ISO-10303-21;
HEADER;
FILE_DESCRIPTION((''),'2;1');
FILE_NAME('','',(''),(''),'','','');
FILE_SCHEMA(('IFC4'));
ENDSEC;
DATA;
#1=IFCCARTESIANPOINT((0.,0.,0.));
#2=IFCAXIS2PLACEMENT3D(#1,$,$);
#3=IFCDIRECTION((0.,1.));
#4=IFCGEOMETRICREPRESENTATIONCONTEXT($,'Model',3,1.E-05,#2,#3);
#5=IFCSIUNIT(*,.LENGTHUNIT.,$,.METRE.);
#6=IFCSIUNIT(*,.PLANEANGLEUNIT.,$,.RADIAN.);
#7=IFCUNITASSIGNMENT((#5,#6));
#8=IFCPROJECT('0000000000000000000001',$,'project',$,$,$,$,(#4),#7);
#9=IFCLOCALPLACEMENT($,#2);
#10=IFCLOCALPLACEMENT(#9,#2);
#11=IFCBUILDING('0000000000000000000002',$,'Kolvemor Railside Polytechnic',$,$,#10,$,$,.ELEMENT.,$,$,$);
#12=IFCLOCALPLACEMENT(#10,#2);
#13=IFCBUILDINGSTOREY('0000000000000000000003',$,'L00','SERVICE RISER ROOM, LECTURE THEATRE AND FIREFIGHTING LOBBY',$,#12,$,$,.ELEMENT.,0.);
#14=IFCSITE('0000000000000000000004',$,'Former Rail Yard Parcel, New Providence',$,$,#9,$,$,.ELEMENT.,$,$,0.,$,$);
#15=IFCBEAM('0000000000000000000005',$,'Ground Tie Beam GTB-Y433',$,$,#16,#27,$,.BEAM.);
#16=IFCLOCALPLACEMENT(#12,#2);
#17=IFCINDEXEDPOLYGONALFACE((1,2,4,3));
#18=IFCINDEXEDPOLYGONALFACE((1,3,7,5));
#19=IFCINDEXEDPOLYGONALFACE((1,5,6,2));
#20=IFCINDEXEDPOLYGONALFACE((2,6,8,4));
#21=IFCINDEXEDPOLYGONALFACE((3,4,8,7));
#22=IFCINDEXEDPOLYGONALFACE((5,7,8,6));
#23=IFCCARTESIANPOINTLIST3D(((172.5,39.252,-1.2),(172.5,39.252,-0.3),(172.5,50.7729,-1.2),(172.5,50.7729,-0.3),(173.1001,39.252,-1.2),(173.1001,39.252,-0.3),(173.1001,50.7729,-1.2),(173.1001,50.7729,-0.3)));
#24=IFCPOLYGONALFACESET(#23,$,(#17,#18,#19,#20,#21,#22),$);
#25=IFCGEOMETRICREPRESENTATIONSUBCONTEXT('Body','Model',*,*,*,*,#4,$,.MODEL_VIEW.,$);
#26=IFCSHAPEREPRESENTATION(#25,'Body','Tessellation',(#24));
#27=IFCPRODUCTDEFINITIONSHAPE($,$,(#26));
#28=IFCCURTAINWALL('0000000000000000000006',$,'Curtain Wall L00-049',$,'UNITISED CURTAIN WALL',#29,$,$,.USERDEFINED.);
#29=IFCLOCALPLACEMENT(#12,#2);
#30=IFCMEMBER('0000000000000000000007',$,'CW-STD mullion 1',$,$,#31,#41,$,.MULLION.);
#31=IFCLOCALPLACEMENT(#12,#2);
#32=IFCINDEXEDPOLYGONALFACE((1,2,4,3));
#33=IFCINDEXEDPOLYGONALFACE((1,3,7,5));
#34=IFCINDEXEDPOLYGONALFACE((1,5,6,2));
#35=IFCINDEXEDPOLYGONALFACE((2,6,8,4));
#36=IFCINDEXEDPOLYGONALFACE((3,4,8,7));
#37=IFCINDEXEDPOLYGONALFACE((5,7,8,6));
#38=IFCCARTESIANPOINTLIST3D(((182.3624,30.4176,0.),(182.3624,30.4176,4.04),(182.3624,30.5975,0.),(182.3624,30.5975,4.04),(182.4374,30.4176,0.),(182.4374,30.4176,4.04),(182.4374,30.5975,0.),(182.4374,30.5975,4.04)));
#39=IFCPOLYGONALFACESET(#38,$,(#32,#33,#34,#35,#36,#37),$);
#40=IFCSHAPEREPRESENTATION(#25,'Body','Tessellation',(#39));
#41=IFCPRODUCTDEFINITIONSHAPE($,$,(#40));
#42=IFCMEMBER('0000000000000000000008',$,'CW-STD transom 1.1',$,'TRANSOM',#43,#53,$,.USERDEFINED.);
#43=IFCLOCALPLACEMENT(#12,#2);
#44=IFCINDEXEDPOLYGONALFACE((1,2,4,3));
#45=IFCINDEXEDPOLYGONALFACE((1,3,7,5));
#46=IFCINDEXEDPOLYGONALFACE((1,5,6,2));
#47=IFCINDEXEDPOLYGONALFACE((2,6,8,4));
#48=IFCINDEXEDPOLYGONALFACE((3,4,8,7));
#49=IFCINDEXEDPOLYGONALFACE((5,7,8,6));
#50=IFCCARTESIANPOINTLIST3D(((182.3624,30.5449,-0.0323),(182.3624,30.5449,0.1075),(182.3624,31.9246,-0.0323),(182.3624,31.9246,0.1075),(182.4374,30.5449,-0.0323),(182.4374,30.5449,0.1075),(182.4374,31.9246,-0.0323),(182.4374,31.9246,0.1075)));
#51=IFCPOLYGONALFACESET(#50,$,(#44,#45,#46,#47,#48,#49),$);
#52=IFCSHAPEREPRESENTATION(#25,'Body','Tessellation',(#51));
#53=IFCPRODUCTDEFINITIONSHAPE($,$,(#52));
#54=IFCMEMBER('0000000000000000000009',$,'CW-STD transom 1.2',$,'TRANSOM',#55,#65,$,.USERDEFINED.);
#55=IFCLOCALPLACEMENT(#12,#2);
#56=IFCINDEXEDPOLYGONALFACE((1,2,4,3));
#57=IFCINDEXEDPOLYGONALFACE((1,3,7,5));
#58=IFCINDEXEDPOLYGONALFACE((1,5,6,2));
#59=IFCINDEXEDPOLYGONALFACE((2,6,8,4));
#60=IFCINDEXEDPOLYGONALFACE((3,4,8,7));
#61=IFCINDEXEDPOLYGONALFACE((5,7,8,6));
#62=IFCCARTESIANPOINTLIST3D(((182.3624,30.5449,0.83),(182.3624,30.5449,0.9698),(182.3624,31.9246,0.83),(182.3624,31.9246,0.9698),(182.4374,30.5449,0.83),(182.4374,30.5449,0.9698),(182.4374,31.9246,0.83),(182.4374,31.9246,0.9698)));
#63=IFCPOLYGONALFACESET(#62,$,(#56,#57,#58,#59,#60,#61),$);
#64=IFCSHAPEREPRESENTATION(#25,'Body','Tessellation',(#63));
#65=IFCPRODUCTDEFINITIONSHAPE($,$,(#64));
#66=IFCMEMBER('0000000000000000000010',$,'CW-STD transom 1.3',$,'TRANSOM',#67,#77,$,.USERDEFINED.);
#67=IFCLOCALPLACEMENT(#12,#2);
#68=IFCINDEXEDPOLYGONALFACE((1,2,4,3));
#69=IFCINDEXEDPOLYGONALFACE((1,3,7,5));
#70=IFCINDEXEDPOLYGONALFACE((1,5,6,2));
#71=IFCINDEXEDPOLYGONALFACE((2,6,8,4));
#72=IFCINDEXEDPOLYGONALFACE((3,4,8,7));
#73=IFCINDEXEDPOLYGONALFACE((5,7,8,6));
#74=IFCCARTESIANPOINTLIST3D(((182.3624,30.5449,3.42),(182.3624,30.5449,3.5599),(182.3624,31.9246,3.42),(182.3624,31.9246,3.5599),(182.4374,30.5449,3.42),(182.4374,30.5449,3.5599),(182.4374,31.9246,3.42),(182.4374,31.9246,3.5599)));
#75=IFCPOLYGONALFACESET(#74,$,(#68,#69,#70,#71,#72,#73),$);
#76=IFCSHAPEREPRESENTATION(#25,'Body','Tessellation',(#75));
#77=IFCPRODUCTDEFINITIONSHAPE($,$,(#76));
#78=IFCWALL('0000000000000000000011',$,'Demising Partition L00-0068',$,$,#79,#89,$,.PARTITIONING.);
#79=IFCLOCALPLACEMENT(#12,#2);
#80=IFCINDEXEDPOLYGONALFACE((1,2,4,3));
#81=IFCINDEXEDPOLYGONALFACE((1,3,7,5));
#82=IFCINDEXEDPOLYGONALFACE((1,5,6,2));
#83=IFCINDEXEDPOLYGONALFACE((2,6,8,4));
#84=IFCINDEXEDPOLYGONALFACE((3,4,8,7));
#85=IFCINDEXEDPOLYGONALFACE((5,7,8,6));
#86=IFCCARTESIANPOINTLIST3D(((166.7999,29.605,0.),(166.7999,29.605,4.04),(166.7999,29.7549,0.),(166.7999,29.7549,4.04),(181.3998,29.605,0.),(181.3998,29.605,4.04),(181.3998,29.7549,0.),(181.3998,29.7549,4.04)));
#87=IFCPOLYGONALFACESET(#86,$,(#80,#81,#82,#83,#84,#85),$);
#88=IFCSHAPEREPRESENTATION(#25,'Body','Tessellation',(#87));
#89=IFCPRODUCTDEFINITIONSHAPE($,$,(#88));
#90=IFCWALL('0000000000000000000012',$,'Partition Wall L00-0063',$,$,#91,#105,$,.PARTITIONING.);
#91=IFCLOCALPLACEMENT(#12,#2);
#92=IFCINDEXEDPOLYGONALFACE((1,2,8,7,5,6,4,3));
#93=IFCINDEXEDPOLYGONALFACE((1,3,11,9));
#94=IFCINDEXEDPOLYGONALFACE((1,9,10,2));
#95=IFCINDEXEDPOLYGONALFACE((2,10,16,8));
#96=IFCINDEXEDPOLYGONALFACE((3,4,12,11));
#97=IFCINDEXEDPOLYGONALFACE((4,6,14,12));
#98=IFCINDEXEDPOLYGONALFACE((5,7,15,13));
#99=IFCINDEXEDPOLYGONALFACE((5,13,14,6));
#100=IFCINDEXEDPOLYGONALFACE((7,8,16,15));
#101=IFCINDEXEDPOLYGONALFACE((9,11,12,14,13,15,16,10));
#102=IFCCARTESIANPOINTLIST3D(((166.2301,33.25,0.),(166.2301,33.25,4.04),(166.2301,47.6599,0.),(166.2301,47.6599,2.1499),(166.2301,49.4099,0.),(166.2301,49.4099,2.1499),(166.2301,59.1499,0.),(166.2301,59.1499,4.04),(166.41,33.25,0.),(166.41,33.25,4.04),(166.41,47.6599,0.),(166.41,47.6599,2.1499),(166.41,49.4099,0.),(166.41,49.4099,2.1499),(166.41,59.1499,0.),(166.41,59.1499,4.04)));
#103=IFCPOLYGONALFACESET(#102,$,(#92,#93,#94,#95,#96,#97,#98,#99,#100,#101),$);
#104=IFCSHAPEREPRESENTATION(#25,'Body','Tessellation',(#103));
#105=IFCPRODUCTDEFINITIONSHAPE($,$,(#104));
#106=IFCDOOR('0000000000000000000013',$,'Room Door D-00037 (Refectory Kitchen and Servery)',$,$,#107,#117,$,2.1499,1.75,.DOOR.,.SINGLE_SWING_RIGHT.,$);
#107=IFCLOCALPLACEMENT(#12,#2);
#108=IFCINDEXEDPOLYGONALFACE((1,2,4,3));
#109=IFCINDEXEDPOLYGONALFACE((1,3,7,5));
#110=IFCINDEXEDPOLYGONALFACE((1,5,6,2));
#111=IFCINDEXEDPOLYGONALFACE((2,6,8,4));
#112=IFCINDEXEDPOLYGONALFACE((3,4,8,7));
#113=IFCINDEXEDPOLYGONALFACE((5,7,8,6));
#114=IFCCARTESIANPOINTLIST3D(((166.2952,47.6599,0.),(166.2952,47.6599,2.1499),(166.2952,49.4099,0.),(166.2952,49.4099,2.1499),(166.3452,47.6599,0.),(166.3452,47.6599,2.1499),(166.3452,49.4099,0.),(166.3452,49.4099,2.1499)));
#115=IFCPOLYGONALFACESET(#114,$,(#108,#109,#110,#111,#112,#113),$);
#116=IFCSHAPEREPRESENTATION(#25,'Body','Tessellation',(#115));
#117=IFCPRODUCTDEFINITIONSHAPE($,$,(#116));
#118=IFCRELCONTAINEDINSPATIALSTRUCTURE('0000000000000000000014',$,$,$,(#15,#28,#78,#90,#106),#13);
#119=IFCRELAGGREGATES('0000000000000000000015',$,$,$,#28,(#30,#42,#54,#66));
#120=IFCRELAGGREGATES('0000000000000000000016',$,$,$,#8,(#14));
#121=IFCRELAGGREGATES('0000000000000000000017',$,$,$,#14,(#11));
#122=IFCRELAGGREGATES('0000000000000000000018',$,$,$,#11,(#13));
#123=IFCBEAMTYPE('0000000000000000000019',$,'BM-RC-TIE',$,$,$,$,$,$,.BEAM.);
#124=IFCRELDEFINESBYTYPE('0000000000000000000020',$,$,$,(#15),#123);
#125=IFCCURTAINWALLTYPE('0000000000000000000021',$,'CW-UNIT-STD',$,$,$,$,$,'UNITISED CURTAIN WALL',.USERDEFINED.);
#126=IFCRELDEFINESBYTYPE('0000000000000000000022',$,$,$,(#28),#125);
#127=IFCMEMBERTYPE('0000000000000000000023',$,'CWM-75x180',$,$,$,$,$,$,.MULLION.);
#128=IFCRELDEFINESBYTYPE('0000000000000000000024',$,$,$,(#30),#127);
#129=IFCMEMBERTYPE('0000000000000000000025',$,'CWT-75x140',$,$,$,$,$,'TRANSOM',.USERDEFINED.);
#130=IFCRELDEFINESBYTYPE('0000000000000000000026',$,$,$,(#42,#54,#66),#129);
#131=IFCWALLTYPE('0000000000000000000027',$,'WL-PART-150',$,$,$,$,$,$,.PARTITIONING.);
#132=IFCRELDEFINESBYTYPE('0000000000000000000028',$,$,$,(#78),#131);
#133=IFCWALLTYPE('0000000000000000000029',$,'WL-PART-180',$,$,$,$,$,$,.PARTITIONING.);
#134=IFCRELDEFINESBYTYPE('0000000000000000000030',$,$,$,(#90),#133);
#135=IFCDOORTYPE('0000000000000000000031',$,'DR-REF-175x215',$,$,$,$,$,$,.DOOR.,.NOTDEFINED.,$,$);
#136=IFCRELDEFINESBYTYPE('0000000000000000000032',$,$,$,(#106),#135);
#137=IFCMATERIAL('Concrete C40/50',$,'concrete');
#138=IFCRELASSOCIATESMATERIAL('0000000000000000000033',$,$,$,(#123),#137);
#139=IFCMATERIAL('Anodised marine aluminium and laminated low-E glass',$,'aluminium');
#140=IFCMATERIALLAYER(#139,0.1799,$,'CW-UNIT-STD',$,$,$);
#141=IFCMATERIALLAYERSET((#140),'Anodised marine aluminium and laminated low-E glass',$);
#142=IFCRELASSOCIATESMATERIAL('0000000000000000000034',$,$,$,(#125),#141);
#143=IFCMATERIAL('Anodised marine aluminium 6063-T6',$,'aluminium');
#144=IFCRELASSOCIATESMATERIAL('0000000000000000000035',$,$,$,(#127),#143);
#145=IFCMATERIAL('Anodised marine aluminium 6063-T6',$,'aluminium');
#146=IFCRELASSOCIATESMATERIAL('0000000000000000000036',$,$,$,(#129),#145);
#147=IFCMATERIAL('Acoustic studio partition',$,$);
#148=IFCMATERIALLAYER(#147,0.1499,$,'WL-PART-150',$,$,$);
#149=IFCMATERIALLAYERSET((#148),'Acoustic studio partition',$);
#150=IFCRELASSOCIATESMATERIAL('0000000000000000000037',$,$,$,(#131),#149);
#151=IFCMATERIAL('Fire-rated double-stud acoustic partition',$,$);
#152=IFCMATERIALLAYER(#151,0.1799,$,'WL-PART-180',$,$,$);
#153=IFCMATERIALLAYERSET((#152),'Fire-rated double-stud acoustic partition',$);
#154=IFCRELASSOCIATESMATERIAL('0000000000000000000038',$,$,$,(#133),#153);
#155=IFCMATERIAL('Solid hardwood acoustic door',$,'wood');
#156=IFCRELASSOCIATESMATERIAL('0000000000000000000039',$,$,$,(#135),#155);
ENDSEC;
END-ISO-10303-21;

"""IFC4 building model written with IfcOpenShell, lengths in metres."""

from ifc_helpers import new_model, si_unit, direction, frame, frame_2d, origin, origin_2d, place, context, subcontext, project, spatial, rectangle, extrude, material, layer, layer_set, material_profile, profile_set, type_object, element, fill, aggregate, save


model = new_model("IFC4")

# Units and contexts
model_context = context("Model", 3, precision=1e-05, world=origin(), true_north=direction((0.0, 1.0)))
body_context = subcontext(model_context, "Body", "Model", "MODEL_VIEW")
ifc_project = project(units=[si_unit("LENGTHUNIT", "METRE"), si_unit("PLANEANGLEUNIT", "RADIAN")], contexts=[model_context])

# Site, building, storey
site_placement = place(None, origin())
site = spatial("IfcSite", under=ifc_project, at=site_placement, Name="Former Rail Yard Parcel, New Providence", CompositionType="ELEMENT", RefElevation=0.0)
building_placement = place(site_placement, origin())
building = spatial("IfcBuilding", under=site, at=building_placement, Name="Kolvemor Railside Polytechnic", CompositionType="ELEMENT")
storey_placement = place(building_placement, origin())
storey = spatial("IfcBuildingStorey", under=building, at=storey_placement, Name="L00", Description="SERVICE RISER ROOM, LECTURE THEATRE AND FIREFIGHTING LOBBY", CompositionType="ELEMENT", Elevation=0.0)

# Beam
ifc_material_1 = material(Name="Concrete C40/50", Category="concrete")
ifc_material_profile_1 = material_profile(ifc_material_1, rectangle(XDim=0.6001, YDim=0.8999, at=origin_2d()), Name="RC600x900")
ifc_profile_set_1 = profile_set([ifc_material_profile_1], Name="Concrete C40/50")
beam_type_1 = type_object("IfcBeamType", Name="BM-RC-TIE", PredefinedType="BEAM", material=ifc_profile_set_1)
beam_1_placement = place(storey_placement, frame((172.8, 39.252, -0.75), z_axis=(0.0, 1.0, 0.0), x_axis=(-1.0, 0.0, 0.0)))
element("IfcBeam", 1, at=beam_1_placement, inside=storey, type_object=beam_type_1, Name="Ground Tie Beam GTB-Y433", PredefinedType="BEAM", context=body_context, shape_type="SweptSolid", body=[
    extrude(rectangle(XDim=0.6001, YDim=0.8999, at=origin_2d()), origin(), (0.0, 0.0, 1.0), 11.521),
])

# Curtain wall, members
ifc_material_2 = material(Name="Anodised marine aluminium and laminated low-E glass", Category="aluminium")
ifc_layer_1 = layer(ifc_material_2, 0.1799, Name="CW-UNIT-STD")
ifc_layer_set_1 = layer_set([ifc_layer_1], Name="Anodised marine aluminium and laminated low-E glass")
curtain_wall_type = type_object("IfcCurtainWallType", Name="CW-UNIT-STD", ElementType="UNITISED CURTAIN WALL", PredefinedType="USERDEFINED", material=ifc_layer_set_1)
curtain_wall_placement = place(storey_placement, origin())
curtain_wall = element("IfcCurtainWall", 2, at=curtain_wall_placement, inside=storey, type_object=curtain_wall_type, Name="Curtain Wall L00-049", ObjectType="UNITISED CURTAIN WALL", PredefinedType="USERDEFINED")
ifc_material_3 = material(Name="Anodised marine aluminium 6063-T6", Category="aluminium")
ifc_material_profile_2 = material_profile(ifc_material_3, rectangle(XDim=0.075, YDim=0.1799, at=origin_2d()), Name="CW-MUL-75x180")
ifc_profile_set_2 = profile_set([ifc_material_profile_2], Name="Anodised marine aluminium 6063-T6")
member_type_1 = type_object("IfcMemberType", Name="CWM-75x180", PredefinedType="MULLION", material=ifc_profile_set_2)
member_1_placement = place(storey_placement, frame((182.3999, 30.5076, 0.0), z_axis=(0.0, 0.0, 1.0), x_axis=(-1.0, 0.0, 0.0)))
member_1 = element("IfcMember", 3, at=member_1_placement, type_object=member_type_1, Name="CW-STD mullion 1", PredefinedType="MULLION", context=body_context, shape_type="SweptSolid", body=[
    extrude(rectangle(XDim=0.075, YDim=0.1799, at=origin_2d()), origin(), (0.0, 0.0, 1.0), 4.04),
])
ifc_material_4 = material(Name="Anodised marine aluminium 6063-T6", Category="aluminium")
ifc_material_profile_3 = material_profile(ifc_material_4, rectangle(XDim=0.075, YDim=0.1399, at=origin_2d()), Name="CW-TRN-75x140")
ifc_profile_set_3 = profile_set([ifc_material_profile_3], Name="Anodised marine aluminium 6063-T6")
member_type_2 = type_object("IfcMemberType", Name="CWT-75x140", ElementType="TRANSOM", PredefinedType="USERDEFINED", material=ifc_profile_set_3)
member_2_placement = place(storey_placement, frame((182.3999, 30.5449, 0.0376), z_axis=(0.0, 1.0, 0.0), x_axis=(-1.0, 0.0, 0.0)))
member_2 = element("IfcMember", 4, at=member_2_placement, type_object=member_type_2, Name="CW-STD transom 1.1", ObjectType="TRANSOM", PredefinedType="USERDEFINED", context=body_context, shape_type="SweptSolid", body=[
    extrude(rectangle(XDim=0.075, YDim=0.1399, at=origin_2d()), origin(), (0.0, 0.0, 1.0), 1.3796),
])
member_3_placement = place(storey_placement, frame((182.3999, 30.5449, 0.8999), z_axis=(0.0, 1.0, 0.0), x_axis=(-1.0, 0.0, 0.0)))
member_3 = element("IfcMember", 5, at=member_3_placement, type_object=member_type_2, Name="CW-STD transom 1.2", ObjectType="TRANSOM", PredefinedType="USERDEFINED", context=body_context, shape_type="SweptSolid", body=[
    extrude(rectangle(XDim=0.075, YDim=0.1399, at=origin_2d()), origin(), (0.0, 0.0, 1.0), 1.3796),
])
member_4_placement = place(storey_placement, frame((182.3999, 30.5449, 3.49), z_axis=(0.0, 1.0, 0.0), x_axis=(-1.0, 0.0, 0.0)))
member_4 = element("IfcMember", 6, at=member_4_placement, type_object=member_type_2, Name="CW-STD transom 1.3", ObjectType="TRANSOM", PredefinedType="USERDEFINED", context=body_context, shape_type="SweptSolid", body=[
    extrude(rectangle(XDim=0.075, YDim=0.1399, at=origin_2d()), origin(), (0.0, 0.0, 1.0), 1.3796),
])
aggregate(curtain_wall, [member_1, member_2, member_3, member_4])

# Wall
ifc_material_5 = material(Name="Acoustic studio partition")
ifc_layer_2 = layer(ifc_material_5, 0.1499, Name="WL-PART-150")
ifc_layer_set_2 = layer_set([ifc_layer_2], Name="Acoustic studio partition")
wall_type_1 = type_object("IfcWallType", Name="WL-PART-150", PredefinedType="PARTITIONING", material=ifc_layer_set_2)
wall_1_placement = place(storey_placement, frame((166.8, 29.6799, 0.0), z_axis=(0.0, 0.0, 1.0), x_axis=(1.0, 0.0, 0.0)))
element("IfcWall", 7, at=wall_1_placement, inside=storey, type_object=wall_type_1, Name="Demising Partition L00-0068", PredefinedType="PARTITIONING", context=body_context, shape_type="SweptSolid", body=[
    extrude(rectangle(XDim=14.5999, YDim=0.1499, at=frame_2d((7.2998, 0.0))), origin(), (0.0, 0.0, 1.0), 4.04),
])

# Wall, opening, door
ifc_material_6 = material(Name="Fire-rated double-stud acoustic partition")
ifc_layer_3 = layer(ifc_material_6, 0.1799, Name="WL-PART-180")
ifc_layer_set_3 = layer_set([ifc_layer_3], Name="Fire-rated double-stud acoustic partition")
wall_type_2 = type_object("IfcWallType", Name="WL-PART-180", PredefinedType="PARTITIONING", material=ifc_layer_set_3)
wall_2_placement = place(storey_placement, frame((166.3201, 33.25, 0.0), z_axis=(0.0, 0.0, 1.0), x_axis=(0.0, 1.0, 0.0)))
wall_2 = element("IfcWall", 8, at=wall_2_placement, inside=storey, type_object=wall_type_2, Name="Partition Wall L00-0063", PredefinedType="PARTITIONING", context=body_context, shape_type="SweptSolid", body=[
    extrude(rectangle(XDim=25.8999, YDim=0.1799, at=frame_2d((12.95, 0.0))), origin(), (0.0, 0.0, 1.0), 4.04),
])
opening_placement = place(wall_2_placement, frame((14.4099, 0.0, 0.0)))
opening = element("IfcOpeningElement", 9, at=opening_placement, cuts=wall_2, PredefinedType="OPENING", context=body_context, shape_type="SweptSolid", body=[
    extrude(rectangle(XDim=1.75, YDim=2.1499, at=frame_2d((0.875, 1.075))), frame((0.0, 0.0999, 0.0), z_axis=(0.0, -1.0, 0.0), x_axis=(1.0, 0.0, 0.0)), (0.0, 0.0, 1.0), 0.2),
])
ifc_material_7 = material(Name="Solid hardwood acoustic door", Category="wood")
door_type = type_object("IfcDoorType", Name="DR-REF-175x215", OperationType="NOTDEFINED", PredefinedType="DOOR", material=ifc_material_7)
door_placement = place(opening_placement, origin())
door = element("IfcDoor", 10, at=door_placement, inside=storey, type_object=door_type, Name="Room Door D-00037 (Refectory Kitchen and Servery)", OperationType="SINGLE_SWING_RIGHT", OverallHeight=2.1499, OverallWidth=1.75, PredefinedType="DOOR", context=body_context, shape_type="SweptSolid", body=[
    extrude(rectangle(XDim=1.75, YDim=2.1499, at=frame_2d((0.875, 1.075))), frame((0.0, 0.0249, 0.0), z_axis=(0.0, -1.0, 0.0), x_axis=(1.0, 0.0, 0.0)), (0.0, 0.0, 1.0), 0.05),
])
fill(opening, door)

save(model, "model.ifc")
